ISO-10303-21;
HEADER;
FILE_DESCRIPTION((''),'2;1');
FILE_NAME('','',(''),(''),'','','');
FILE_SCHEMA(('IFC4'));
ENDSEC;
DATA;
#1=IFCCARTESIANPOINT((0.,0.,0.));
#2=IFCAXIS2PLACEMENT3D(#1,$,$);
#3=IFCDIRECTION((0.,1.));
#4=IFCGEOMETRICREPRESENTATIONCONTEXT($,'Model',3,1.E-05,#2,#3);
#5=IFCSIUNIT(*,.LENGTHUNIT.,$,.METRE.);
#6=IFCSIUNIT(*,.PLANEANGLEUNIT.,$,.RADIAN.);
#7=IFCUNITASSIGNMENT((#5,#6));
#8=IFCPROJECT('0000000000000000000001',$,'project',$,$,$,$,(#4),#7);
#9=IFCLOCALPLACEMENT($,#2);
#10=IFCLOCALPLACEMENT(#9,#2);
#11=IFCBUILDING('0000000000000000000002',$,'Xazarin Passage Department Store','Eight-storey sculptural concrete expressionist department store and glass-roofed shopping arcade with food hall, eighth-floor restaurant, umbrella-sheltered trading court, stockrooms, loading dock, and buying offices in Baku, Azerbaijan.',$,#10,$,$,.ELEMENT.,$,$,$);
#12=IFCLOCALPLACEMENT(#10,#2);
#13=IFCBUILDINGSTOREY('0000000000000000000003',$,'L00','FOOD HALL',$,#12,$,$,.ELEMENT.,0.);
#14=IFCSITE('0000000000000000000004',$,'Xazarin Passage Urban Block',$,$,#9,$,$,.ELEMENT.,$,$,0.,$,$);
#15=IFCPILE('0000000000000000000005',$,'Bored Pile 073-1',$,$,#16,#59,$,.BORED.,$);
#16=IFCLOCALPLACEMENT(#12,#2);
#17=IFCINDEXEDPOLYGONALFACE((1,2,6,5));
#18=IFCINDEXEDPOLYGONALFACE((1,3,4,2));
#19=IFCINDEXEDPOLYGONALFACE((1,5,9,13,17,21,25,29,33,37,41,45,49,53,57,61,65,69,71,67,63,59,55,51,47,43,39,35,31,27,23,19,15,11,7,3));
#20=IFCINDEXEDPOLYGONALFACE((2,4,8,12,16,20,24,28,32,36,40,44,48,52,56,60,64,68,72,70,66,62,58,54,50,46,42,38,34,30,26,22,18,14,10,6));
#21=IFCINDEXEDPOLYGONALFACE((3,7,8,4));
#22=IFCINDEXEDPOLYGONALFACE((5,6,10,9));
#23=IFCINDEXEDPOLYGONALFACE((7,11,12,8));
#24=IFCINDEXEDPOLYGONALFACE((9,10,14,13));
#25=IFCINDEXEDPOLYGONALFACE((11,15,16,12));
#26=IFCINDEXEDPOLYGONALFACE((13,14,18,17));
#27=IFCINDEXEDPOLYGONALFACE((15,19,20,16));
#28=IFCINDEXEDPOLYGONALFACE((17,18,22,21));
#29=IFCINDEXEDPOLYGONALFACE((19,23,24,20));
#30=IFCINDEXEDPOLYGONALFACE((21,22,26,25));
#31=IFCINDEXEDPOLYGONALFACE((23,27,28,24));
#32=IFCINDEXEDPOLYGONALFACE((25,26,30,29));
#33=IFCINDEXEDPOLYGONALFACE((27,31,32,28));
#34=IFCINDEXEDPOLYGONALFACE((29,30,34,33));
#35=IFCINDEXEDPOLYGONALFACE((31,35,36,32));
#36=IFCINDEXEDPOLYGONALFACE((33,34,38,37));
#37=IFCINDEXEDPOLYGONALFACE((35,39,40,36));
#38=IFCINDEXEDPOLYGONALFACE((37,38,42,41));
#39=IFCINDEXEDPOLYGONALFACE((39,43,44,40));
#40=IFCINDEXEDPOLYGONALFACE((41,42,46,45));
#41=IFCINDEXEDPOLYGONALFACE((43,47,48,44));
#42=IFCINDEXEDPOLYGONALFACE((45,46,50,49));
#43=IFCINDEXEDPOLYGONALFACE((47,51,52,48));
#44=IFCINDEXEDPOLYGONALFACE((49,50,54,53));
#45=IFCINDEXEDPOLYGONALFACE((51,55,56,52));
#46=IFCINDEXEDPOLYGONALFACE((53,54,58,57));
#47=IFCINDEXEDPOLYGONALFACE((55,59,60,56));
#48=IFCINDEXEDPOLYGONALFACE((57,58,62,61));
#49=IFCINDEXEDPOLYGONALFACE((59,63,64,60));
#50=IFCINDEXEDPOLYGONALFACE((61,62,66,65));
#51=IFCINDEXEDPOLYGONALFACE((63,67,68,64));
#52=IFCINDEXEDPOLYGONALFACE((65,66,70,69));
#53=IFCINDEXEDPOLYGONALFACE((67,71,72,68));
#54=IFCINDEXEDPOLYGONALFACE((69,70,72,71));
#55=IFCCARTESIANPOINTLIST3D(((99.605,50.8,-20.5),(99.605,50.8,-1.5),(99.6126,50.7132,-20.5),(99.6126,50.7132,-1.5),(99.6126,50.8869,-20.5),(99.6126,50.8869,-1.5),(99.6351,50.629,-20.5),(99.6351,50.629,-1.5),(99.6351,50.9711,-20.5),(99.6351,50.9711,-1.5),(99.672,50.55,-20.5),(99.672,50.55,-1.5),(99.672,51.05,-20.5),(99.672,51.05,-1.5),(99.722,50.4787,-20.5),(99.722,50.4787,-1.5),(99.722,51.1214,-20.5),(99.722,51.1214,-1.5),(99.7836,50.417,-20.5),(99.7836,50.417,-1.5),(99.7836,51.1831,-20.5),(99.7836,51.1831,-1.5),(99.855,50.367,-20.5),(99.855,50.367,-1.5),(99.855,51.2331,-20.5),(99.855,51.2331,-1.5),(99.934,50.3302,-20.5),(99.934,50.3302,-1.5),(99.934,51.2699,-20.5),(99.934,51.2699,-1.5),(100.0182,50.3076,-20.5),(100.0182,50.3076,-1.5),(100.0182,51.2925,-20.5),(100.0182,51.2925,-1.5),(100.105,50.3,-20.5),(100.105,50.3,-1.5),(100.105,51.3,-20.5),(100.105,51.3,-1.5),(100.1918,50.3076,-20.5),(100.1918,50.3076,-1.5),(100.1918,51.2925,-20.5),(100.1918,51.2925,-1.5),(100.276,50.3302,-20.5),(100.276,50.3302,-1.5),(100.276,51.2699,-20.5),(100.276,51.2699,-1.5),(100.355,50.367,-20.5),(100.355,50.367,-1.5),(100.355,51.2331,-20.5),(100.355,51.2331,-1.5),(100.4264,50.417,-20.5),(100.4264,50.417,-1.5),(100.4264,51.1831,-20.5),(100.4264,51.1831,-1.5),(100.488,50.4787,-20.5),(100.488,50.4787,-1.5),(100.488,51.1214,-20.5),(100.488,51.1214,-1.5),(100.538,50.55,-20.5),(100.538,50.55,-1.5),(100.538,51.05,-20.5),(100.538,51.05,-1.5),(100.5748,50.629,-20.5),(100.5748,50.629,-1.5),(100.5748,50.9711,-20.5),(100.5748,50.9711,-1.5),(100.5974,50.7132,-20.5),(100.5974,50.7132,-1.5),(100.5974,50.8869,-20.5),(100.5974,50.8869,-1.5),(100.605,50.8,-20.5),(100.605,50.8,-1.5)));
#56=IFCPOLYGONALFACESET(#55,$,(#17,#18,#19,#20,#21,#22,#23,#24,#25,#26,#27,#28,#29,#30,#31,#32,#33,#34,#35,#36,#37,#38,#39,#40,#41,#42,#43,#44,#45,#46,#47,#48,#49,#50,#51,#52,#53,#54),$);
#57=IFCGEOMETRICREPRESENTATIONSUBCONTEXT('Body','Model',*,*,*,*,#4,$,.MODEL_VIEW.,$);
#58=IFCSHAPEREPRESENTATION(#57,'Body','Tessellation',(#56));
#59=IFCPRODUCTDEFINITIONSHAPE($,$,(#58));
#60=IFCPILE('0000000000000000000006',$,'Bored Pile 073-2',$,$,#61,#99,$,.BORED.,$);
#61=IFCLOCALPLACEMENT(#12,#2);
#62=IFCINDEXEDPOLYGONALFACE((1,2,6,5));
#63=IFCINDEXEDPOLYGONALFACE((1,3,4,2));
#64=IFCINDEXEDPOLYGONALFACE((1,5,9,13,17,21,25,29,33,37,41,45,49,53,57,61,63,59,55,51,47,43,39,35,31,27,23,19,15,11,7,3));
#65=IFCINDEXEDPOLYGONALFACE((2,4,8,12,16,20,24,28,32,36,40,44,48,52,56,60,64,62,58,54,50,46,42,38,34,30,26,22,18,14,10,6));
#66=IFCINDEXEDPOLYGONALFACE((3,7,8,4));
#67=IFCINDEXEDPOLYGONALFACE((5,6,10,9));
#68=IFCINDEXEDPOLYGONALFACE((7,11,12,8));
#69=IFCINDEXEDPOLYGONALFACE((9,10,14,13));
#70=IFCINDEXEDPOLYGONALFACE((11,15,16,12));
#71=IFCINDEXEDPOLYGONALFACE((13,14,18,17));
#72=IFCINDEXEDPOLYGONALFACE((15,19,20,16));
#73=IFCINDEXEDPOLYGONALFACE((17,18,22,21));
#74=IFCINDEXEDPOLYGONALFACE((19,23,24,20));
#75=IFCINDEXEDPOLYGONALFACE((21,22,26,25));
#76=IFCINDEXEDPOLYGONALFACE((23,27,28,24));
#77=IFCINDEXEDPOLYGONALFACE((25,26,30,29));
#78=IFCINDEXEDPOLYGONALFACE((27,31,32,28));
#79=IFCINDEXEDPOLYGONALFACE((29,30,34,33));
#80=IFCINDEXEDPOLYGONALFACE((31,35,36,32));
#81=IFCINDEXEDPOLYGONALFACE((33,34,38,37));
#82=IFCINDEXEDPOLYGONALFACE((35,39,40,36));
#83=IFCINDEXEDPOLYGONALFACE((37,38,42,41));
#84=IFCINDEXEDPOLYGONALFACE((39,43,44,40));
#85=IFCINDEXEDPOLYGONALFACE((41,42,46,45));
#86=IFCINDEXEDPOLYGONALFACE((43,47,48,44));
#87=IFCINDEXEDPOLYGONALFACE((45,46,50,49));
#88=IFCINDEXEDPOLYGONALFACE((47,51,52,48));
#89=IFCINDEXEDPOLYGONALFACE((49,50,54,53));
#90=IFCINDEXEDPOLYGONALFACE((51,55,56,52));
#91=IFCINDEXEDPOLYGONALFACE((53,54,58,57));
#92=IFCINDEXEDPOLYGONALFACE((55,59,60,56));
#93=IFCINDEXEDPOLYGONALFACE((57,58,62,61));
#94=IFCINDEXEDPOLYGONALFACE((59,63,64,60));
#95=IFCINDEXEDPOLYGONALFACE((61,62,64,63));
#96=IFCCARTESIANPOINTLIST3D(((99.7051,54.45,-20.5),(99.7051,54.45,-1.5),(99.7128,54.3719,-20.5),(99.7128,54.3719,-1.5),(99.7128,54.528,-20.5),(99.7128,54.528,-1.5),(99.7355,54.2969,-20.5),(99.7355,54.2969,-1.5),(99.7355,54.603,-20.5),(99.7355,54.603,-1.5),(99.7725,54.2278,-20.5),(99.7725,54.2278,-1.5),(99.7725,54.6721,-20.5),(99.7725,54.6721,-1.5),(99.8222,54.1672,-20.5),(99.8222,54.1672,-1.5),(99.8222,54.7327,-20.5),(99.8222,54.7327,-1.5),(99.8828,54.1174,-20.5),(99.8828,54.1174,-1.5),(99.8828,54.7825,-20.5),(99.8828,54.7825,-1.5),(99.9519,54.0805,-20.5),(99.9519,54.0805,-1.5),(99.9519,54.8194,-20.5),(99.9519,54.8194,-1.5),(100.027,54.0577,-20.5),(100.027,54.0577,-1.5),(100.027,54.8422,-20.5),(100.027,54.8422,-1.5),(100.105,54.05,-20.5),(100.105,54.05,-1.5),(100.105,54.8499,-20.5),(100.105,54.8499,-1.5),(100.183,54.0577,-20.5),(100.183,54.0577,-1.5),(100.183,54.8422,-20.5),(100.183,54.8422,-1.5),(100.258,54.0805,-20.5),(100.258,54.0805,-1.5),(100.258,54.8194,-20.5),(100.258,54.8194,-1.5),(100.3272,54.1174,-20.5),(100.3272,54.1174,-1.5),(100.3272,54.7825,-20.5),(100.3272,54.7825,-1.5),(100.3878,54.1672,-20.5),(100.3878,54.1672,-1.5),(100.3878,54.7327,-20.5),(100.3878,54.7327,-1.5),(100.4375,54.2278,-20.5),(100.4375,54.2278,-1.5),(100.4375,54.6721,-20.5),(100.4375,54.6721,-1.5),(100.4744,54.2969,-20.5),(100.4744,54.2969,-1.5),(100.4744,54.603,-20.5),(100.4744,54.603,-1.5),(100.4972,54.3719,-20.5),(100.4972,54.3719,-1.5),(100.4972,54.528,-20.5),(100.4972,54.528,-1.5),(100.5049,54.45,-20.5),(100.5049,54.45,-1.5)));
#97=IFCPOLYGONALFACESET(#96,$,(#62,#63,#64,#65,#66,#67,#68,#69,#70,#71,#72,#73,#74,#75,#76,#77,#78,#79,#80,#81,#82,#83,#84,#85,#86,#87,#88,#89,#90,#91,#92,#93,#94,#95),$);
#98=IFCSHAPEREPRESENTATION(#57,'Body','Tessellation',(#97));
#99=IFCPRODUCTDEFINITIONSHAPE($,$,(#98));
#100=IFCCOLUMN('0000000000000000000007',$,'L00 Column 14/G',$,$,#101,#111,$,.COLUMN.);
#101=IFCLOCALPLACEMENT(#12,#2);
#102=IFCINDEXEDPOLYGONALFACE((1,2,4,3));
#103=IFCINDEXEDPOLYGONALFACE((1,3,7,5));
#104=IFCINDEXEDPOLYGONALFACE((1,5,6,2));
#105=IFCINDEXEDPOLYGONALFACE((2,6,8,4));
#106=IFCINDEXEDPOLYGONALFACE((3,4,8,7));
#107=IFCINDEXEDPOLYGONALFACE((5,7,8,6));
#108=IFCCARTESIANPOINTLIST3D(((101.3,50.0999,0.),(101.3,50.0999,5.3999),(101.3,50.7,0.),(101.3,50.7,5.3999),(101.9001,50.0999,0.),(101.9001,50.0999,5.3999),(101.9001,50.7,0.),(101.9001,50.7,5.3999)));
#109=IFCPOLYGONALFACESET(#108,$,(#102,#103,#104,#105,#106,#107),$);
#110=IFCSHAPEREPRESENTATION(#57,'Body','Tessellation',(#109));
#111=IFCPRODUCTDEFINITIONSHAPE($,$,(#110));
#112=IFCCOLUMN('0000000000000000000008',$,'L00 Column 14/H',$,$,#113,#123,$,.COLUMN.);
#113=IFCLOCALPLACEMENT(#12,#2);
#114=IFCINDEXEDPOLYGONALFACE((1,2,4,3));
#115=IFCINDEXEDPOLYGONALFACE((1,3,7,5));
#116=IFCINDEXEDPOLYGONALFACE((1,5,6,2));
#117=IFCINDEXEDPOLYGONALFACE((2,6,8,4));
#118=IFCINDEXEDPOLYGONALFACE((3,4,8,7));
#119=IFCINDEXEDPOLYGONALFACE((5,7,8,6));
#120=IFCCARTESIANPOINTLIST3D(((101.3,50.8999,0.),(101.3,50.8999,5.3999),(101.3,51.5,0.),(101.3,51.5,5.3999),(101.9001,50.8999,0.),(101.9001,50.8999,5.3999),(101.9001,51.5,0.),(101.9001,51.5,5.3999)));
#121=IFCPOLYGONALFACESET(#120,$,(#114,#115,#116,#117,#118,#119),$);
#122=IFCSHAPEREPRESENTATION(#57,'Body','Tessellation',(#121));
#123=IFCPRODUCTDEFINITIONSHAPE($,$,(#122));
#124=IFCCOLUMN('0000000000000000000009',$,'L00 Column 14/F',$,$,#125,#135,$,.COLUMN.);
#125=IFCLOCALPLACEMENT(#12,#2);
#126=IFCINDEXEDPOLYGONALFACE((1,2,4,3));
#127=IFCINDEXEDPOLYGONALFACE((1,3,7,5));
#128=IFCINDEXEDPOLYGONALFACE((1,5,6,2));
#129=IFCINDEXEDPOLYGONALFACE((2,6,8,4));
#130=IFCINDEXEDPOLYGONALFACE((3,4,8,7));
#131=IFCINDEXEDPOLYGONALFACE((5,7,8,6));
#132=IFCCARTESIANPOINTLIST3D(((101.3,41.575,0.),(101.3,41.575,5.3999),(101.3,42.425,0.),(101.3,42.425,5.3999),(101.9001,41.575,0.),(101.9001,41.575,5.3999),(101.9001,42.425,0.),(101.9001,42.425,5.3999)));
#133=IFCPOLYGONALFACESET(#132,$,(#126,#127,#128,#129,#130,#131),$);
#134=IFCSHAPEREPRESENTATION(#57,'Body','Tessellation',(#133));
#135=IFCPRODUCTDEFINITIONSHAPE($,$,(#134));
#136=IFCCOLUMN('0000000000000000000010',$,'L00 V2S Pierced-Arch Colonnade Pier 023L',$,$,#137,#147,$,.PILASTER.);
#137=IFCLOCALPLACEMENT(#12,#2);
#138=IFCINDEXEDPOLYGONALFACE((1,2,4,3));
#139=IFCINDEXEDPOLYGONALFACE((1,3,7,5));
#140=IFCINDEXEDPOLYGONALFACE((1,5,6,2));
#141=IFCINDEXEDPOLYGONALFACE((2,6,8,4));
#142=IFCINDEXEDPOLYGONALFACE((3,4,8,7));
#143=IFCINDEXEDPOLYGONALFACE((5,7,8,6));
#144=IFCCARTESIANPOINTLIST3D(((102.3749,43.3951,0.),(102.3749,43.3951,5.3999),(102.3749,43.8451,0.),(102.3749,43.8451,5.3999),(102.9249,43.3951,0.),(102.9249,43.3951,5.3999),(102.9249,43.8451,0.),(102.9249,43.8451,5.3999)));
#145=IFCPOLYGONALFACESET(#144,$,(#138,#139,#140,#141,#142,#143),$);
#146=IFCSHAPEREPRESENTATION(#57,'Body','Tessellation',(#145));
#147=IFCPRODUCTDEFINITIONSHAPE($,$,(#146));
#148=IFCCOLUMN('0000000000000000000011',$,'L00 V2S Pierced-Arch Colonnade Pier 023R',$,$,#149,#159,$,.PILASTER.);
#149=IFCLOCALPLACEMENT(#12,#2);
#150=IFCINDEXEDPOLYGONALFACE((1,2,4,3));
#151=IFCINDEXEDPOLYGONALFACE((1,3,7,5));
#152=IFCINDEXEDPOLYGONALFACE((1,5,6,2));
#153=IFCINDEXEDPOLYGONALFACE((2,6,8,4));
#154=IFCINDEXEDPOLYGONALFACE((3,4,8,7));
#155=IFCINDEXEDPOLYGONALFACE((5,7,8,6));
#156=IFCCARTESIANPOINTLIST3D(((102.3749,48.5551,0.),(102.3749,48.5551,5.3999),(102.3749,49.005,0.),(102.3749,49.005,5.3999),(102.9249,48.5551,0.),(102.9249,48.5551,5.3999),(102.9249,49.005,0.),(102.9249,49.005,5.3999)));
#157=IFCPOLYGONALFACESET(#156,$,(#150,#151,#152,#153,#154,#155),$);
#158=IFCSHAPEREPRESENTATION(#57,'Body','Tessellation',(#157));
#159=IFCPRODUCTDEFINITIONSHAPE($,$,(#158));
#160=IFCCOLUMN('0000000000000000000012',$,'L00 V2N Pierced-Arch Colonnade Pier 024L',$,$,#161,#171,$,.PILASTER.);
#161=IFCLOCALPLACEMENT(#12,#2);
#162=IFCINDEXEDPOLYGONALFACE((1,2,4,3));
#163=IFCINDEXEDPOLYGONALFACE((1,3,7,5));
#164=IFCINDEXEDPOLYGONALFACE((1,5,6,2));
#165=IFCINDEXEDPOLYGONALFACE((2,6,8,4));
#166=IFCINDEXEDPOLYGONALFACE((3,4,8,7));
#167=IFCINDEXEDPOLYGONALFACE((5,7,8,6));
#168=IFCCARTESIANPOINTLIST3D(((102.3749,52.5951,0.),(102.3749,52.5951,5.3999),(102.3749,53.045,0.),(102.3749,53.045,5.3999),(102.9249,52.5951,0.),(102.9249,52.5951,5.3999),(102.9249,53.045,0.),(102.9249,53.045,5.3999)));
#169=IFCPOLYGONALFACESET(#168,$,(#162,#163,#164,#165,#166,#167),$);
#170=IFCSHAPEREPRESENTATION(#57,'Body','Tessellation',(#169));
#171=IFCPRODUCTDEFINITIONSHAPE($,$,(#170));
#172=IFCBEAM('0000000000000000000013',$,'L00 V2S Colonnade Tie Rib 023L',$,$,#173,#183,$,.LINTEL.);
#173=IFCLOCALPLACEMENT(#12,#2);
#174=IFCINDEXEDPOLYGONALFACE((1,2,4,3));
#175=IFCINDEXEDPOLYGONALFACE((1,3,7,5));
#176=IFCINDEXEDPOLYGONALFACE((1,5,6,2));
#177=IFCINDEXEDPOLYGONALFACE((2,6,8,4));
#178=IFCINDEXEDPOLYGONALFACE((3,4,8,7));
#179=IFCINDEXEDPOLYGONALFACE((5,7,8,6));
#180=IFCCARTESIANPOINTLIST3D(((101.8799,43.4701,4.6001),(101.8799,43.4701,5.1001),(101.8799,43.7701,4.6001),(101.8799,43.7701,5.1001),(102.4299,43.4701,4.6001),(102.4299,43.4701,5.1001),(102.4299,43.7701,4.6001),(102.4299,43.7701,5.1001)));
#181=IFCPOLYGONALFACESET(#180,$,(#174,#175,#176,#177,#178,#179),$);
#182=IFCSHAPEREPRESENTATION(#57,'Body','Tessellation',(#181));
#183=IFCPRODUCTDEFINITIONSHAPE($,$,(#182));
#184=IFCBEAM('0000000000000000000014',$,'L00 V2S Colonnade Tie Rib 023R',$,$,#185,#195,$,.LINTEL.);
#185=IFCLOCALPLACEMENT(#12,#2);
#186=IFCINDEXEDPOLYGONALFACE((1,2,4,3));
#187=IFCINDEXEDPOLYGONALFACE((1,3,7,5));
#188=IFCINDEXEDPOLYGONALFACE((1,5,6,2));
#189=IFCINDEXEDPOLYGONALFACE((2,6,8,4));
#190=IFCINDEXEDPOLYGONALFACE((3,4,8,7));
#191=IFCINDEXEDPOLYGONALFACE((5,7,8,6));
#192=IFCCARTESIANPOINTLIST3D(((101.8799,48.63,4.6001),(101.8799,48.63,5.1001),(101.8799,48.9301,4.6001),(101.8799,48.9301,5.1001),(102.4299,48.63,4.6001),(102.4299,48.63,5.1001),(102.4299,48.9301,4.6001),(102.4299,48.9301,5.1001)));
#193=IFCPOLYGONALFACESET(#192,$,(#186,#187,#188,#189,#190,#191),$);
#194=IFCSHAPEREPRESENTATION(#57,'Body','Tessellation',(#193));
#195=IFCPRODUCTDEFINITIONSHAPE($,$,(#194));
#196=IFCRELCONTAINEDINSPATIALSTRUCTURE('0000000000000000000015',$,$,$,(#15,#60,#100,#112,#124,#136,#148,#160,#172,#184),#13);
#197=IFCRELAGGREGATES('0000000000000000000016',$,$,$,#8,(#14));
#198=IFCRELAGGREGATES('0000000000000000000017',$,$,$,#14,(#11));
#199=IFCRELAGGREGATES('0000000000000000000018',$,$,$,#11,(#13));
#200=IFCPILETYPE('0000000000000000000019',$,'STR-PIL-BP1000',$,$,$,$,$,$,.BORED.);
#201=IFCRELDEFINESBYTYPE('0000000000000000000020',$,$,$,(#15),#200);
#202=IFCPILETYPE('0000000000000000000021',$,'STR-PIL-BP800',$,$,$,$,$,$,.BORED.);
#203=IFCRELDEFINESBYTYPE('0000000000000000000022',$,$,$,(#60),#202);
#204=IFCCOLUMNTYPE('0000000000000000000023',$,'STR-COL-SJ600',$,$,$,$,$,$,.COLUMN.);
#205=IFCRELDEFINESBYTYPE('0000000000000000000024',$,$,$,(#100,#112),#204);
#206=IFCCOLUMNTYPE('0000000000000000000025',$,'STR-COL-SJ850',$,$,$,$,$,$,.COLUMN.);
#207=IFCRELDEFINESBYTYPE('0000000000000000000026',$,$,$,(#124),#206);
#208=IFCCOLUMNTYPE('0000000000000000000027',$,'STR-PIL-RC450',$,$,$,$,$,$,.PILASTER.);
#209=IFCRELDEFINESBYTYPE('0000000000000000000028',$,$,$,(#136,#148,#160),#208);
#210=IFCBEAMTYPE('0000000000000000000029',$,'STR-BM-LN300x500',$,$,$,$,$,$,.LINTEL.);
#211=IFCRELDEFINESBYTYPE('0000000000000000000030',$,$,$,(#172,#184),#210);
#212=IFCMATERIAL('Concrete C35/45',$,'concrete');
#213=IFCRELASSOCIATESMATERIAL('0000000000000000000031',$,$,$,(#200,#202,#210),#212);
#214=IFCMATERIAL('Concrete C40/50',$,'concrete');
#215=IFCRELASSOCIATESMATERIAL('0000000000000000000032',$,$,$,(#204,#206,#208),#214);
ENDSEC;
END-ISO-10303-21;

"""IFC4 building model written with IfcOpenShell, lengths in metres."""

from ifc_helpers import new_model, si_unit, direction, frame, origin, origin_2d, place, context, subcontext, project, spatial, rectangle, circle, extrude, material, material_profile, profile_set, type_object, element, save


model = new_model("IFC4")

# Units and contexts
model_context = context("Model", 3, precision=1e-05, world=origin(), true_north=direction((0.0, 1.0)))
body_context = subcontext(model_context, "Body", "Model", "MODEL_VIEW")
ifc_project = project(units=[si_unit("LENGTHUNIT", "METRE"), si_unit("PLANEANGLEUNIT", "RADIAN")], contexts=[model_context])

# Site, building, storey
site_placement = place(None, origin())
site = spatial("IfcSite", under=ifc_project, at=site_placement, Name="Xazarin Passage Urban Block", CompositionType="ELEMENT", RefElevation=0.0)
building_placement = place(site_placement, origin())
building = spatial("IfcBuilding", under=site, at=building_placement, Name="Xazarin Passage Department Store", Description="Eight-storey sculptural concrete expressionist department store and glass-roofed shopping arcade with food hall, eighth-floor restaurant, umbrella-sheltered trading court, stockrooms, loading dock, and buying offices in Baku, Azerbaijan.", CompositionType="ELEMENT")
storey_placement = place(building_placement, origin())
storey = spatial("IfcBuildingStorey", under=building, at=storey_placement, Name="L00", Description="FOOD HALL", CompositionType="ELEMENT", Elevation=0.0)

# Piles
ifc_material_1 = material(Name="Concrete C35/45", Category="concrete")
ifc_material_profile_1 = material_profile(ifc_material_1, circle(Radius=0.5, at=origin_2d()), Name="BP 1000")
ifc_profile_set_1 = profile_set([ifc_material_profile_1], Name="Concrete C35/45")
pile_type_1 = type_object("IfcPileType", Name="STR-PIL-BP1000", PredefinedType="BORED", material=ifc_profile_set_1)
pile_1_placement = place(storey_placement, frame((100.105, 50.8, -1.5), z_axis=(0.0, 0.0, -1.0), x_axis=(1.0, 0.0, 0.0)))
element("IfcPile", 1, at=pile_1_placement, inside=storey, type_object=pile_type_1, Name="Bored Pile 073-1", PredefinedType="BORED", context=body_context, shape_type="SweptSolid", body=[
    extrude(circle(Radius=0.5, at=origin_2d()), origin(), (0.0, 0.0, 1.0), 19.0),
])
ifc_material_profile_2 = material_profile(ifc_material_1, circle(Radius=0.3999, at=origin_2d()), Name="BP 800")
ifc_profile_set_2 = profile_set([ifc_material_profile_2], Name="Concrete C35/45")
pile_type_2 = type_object("IfcPileType", Name="STR-PIL-BP800", PredefinedType="BORED", material=ifc_profile_set_2)
pile_2_placement = place(storey_placement, frame((100.105, 54.45, -1.5), z_axis=(0.0, 0.0, -1.0), x_axis=(1.0, 0.0, 0.0)))
element("IfcPile", 2, at=pile_2_placement, inside=storey, type_object=pile_type_2, Name="Bored Pile 073-2", PredefinedType="BORED", context=body_context, shape_type="SweptSolid", body=[
    extrude(circle(Radius=0.3999, at=origin_2d()), origin(), (0.0, 0.0, 1.0), 19.0),
])

# Columns
ifc_material_2 = material(Name="Concrete C40/50", Category="concrete")
ifc_material_profile_3 = material_profile(ifc_material_2, rectangle(XDim=0.6001, YDim=0.6001, at=origin_2d()), Name="RC 600x600")
ifc_profile_set_3 = profile_set([ifc_material_profile_3], Name="Concrete C40/50")
column_type_1 = type_object("IfcColumnType", Name="STR-COL-SJ600", PredefinedType="COLUMN", material=ifc_profile_set_3)
for number, where, z_axis, x_axis, name in (
    (3, (101.6001, 50.3999, 0.0), (0.0, 0.0, 1.0), (1.0, 0.0, 0.0), "L00 Column 14/G"),
    (4, (101.6001, 51.2, 0.0), (0.0, 0.0, 1.0), (1.0, 0.0, 0.0), "L00 Column 14/H"),
):
    element("IfcColumn", number, at=place(storey_placement, frame(where, z_axis=z_axis, x_axis=x_axis)), inside=storey, type_object=column_type_1, Name=name, PredefinedType="COLUMN", context=body_context, shape_type="SweptSolid", body=[
        extrude(rectangle(XDim=0.6001, YDim=0.6001, at=origin_2d()), origin(), (0.0, 0.0, 1.0), 5.3999),
    ])
ifc_material_profile_4 = material_profile(ifc_material_2, rectangle(XDim=0.6001, YDim=0.8501, at=origin_2d()), Name="RC 600x850")
ifc_profile_set_4 = profile_set([ifc_material_profile_4], Name="Concrete C40/50")
column_type_2 = type_object("IfcColumnType", Name="STR-COL-SJ850", PredefinedType="COLUMN", material=ifc_profile_set_4)
column_placement = place(storey_placement, frame((101.6001, 42.0, 0.0), z_axis=(0.0, 0.0, 1.0), x_axis=(1.0, 0.0, 0.0)))
element("IfcColumn", 5, at=column_placement, inside=storey, type_object=column_type_2, Name="L00 Column 14/F", PredefinedType="COLUMN", context=body_context, shape_type="SweptSolid", body=[
    extrude(rectangle(XDim=0.6001, YDim=0.8501, at=origin_2d()), origin(), (0.0, 0.0, 1.0), 5.3999),
])
ifc_material_profile_5 = material_profile(ifc_material_2, rectangle(XDim=0.45, YDim=0.55, at=origin_2d()), Name="RC 450x550")
ifc_profile_set_5 = profile_set([ifc_material_profile_5], Name="Concrete C40/50")
column_type_3 = type_object("IfcColumnType", Name="STR-PIL-RC450", PredefinedType="PILASTER", material=ifc_profile_set_5)
for number, where, z_axis, x_axis, name in (
    (6, (102.6499, 43.6201, 0.0), (0.0, 0.0, 1.0), (0.0, 1.0, 0.0), "L00 V2S Pierced-Arch Colonnade Pier 023L"),
    (7, (102.6499, 48.78, 0.0), (0.0, 0.0, 1.0), (0.0, 1.0, 0.0), "L00 V2S Pierced-Arch Colonnade Pier 023R"),
    (8, (102.6499, 52.8201, 0.0), (0.0, 0.0, 1.0), (0.0, 1.0, 0.0), "L00 V2N Pierced-Arch Colonnade Pier 024L"),
):
    element("IfcColumn", number, at=place(storey_placement, frame(where, z_axis=z_axis, x_axis=x_axis)), inside=storey, type_object=column_type_3, Name=name, PredefinedType="PILASTER", context=body_context, shape_type="SweptSolid", body=[
        extrude(rectangle(XDim=0.45, YDim=0.55, at=origin_2d()), origin(), (0.0, 0.0, 1.0), 5.3999),
    ])

# Beams
ifc_material_profile_6 = material_profile(ifc_material_1, rectangle(XDim=0.3, YDim=0.5, at=origin_2d()), Name="RC 300x500")
ifc_profile_set_6 = profile_set([ifc_material_profile_6], Name="Concrete C35/45")
beam_type = type_object("IfcBeamType", Name="STR-BM-LN300x500", PredefinedType="LINTEL", material=ifc_profile_set_6)
for number, where, z_axis, x_axis, name in (
    (9, (101.8799, 43.6201, 4.8501), (1.0, 0.0, 0.0), (0.0, 1.0, 0.0), "L00 V2S Colonnade Tie Rib 023L"),
    (10, (101.8799, 48.78, 4.8501), (1.0, 0.0, 0.0), (0.0, 1.0, 0.0), "L00 V2S Colonnade Tie Rib 023R"),
):
    element("IfcBeam", number, at=place(storey_placement, frame(where, z_axis=z_axis, x_axis=x_axis)), inside=storey, type_object=beam_type, Name=name, PredefinedType="LINTEL", context=body_context, shape_type="SweptSolid", body=[
        extrude(rectangle(XDim=0.3, YDim=0.5, at=origin_2d()), origin(), (0.0, 0.0, 1.0), 0.55),
    ])

save(model, "model.ifc")
